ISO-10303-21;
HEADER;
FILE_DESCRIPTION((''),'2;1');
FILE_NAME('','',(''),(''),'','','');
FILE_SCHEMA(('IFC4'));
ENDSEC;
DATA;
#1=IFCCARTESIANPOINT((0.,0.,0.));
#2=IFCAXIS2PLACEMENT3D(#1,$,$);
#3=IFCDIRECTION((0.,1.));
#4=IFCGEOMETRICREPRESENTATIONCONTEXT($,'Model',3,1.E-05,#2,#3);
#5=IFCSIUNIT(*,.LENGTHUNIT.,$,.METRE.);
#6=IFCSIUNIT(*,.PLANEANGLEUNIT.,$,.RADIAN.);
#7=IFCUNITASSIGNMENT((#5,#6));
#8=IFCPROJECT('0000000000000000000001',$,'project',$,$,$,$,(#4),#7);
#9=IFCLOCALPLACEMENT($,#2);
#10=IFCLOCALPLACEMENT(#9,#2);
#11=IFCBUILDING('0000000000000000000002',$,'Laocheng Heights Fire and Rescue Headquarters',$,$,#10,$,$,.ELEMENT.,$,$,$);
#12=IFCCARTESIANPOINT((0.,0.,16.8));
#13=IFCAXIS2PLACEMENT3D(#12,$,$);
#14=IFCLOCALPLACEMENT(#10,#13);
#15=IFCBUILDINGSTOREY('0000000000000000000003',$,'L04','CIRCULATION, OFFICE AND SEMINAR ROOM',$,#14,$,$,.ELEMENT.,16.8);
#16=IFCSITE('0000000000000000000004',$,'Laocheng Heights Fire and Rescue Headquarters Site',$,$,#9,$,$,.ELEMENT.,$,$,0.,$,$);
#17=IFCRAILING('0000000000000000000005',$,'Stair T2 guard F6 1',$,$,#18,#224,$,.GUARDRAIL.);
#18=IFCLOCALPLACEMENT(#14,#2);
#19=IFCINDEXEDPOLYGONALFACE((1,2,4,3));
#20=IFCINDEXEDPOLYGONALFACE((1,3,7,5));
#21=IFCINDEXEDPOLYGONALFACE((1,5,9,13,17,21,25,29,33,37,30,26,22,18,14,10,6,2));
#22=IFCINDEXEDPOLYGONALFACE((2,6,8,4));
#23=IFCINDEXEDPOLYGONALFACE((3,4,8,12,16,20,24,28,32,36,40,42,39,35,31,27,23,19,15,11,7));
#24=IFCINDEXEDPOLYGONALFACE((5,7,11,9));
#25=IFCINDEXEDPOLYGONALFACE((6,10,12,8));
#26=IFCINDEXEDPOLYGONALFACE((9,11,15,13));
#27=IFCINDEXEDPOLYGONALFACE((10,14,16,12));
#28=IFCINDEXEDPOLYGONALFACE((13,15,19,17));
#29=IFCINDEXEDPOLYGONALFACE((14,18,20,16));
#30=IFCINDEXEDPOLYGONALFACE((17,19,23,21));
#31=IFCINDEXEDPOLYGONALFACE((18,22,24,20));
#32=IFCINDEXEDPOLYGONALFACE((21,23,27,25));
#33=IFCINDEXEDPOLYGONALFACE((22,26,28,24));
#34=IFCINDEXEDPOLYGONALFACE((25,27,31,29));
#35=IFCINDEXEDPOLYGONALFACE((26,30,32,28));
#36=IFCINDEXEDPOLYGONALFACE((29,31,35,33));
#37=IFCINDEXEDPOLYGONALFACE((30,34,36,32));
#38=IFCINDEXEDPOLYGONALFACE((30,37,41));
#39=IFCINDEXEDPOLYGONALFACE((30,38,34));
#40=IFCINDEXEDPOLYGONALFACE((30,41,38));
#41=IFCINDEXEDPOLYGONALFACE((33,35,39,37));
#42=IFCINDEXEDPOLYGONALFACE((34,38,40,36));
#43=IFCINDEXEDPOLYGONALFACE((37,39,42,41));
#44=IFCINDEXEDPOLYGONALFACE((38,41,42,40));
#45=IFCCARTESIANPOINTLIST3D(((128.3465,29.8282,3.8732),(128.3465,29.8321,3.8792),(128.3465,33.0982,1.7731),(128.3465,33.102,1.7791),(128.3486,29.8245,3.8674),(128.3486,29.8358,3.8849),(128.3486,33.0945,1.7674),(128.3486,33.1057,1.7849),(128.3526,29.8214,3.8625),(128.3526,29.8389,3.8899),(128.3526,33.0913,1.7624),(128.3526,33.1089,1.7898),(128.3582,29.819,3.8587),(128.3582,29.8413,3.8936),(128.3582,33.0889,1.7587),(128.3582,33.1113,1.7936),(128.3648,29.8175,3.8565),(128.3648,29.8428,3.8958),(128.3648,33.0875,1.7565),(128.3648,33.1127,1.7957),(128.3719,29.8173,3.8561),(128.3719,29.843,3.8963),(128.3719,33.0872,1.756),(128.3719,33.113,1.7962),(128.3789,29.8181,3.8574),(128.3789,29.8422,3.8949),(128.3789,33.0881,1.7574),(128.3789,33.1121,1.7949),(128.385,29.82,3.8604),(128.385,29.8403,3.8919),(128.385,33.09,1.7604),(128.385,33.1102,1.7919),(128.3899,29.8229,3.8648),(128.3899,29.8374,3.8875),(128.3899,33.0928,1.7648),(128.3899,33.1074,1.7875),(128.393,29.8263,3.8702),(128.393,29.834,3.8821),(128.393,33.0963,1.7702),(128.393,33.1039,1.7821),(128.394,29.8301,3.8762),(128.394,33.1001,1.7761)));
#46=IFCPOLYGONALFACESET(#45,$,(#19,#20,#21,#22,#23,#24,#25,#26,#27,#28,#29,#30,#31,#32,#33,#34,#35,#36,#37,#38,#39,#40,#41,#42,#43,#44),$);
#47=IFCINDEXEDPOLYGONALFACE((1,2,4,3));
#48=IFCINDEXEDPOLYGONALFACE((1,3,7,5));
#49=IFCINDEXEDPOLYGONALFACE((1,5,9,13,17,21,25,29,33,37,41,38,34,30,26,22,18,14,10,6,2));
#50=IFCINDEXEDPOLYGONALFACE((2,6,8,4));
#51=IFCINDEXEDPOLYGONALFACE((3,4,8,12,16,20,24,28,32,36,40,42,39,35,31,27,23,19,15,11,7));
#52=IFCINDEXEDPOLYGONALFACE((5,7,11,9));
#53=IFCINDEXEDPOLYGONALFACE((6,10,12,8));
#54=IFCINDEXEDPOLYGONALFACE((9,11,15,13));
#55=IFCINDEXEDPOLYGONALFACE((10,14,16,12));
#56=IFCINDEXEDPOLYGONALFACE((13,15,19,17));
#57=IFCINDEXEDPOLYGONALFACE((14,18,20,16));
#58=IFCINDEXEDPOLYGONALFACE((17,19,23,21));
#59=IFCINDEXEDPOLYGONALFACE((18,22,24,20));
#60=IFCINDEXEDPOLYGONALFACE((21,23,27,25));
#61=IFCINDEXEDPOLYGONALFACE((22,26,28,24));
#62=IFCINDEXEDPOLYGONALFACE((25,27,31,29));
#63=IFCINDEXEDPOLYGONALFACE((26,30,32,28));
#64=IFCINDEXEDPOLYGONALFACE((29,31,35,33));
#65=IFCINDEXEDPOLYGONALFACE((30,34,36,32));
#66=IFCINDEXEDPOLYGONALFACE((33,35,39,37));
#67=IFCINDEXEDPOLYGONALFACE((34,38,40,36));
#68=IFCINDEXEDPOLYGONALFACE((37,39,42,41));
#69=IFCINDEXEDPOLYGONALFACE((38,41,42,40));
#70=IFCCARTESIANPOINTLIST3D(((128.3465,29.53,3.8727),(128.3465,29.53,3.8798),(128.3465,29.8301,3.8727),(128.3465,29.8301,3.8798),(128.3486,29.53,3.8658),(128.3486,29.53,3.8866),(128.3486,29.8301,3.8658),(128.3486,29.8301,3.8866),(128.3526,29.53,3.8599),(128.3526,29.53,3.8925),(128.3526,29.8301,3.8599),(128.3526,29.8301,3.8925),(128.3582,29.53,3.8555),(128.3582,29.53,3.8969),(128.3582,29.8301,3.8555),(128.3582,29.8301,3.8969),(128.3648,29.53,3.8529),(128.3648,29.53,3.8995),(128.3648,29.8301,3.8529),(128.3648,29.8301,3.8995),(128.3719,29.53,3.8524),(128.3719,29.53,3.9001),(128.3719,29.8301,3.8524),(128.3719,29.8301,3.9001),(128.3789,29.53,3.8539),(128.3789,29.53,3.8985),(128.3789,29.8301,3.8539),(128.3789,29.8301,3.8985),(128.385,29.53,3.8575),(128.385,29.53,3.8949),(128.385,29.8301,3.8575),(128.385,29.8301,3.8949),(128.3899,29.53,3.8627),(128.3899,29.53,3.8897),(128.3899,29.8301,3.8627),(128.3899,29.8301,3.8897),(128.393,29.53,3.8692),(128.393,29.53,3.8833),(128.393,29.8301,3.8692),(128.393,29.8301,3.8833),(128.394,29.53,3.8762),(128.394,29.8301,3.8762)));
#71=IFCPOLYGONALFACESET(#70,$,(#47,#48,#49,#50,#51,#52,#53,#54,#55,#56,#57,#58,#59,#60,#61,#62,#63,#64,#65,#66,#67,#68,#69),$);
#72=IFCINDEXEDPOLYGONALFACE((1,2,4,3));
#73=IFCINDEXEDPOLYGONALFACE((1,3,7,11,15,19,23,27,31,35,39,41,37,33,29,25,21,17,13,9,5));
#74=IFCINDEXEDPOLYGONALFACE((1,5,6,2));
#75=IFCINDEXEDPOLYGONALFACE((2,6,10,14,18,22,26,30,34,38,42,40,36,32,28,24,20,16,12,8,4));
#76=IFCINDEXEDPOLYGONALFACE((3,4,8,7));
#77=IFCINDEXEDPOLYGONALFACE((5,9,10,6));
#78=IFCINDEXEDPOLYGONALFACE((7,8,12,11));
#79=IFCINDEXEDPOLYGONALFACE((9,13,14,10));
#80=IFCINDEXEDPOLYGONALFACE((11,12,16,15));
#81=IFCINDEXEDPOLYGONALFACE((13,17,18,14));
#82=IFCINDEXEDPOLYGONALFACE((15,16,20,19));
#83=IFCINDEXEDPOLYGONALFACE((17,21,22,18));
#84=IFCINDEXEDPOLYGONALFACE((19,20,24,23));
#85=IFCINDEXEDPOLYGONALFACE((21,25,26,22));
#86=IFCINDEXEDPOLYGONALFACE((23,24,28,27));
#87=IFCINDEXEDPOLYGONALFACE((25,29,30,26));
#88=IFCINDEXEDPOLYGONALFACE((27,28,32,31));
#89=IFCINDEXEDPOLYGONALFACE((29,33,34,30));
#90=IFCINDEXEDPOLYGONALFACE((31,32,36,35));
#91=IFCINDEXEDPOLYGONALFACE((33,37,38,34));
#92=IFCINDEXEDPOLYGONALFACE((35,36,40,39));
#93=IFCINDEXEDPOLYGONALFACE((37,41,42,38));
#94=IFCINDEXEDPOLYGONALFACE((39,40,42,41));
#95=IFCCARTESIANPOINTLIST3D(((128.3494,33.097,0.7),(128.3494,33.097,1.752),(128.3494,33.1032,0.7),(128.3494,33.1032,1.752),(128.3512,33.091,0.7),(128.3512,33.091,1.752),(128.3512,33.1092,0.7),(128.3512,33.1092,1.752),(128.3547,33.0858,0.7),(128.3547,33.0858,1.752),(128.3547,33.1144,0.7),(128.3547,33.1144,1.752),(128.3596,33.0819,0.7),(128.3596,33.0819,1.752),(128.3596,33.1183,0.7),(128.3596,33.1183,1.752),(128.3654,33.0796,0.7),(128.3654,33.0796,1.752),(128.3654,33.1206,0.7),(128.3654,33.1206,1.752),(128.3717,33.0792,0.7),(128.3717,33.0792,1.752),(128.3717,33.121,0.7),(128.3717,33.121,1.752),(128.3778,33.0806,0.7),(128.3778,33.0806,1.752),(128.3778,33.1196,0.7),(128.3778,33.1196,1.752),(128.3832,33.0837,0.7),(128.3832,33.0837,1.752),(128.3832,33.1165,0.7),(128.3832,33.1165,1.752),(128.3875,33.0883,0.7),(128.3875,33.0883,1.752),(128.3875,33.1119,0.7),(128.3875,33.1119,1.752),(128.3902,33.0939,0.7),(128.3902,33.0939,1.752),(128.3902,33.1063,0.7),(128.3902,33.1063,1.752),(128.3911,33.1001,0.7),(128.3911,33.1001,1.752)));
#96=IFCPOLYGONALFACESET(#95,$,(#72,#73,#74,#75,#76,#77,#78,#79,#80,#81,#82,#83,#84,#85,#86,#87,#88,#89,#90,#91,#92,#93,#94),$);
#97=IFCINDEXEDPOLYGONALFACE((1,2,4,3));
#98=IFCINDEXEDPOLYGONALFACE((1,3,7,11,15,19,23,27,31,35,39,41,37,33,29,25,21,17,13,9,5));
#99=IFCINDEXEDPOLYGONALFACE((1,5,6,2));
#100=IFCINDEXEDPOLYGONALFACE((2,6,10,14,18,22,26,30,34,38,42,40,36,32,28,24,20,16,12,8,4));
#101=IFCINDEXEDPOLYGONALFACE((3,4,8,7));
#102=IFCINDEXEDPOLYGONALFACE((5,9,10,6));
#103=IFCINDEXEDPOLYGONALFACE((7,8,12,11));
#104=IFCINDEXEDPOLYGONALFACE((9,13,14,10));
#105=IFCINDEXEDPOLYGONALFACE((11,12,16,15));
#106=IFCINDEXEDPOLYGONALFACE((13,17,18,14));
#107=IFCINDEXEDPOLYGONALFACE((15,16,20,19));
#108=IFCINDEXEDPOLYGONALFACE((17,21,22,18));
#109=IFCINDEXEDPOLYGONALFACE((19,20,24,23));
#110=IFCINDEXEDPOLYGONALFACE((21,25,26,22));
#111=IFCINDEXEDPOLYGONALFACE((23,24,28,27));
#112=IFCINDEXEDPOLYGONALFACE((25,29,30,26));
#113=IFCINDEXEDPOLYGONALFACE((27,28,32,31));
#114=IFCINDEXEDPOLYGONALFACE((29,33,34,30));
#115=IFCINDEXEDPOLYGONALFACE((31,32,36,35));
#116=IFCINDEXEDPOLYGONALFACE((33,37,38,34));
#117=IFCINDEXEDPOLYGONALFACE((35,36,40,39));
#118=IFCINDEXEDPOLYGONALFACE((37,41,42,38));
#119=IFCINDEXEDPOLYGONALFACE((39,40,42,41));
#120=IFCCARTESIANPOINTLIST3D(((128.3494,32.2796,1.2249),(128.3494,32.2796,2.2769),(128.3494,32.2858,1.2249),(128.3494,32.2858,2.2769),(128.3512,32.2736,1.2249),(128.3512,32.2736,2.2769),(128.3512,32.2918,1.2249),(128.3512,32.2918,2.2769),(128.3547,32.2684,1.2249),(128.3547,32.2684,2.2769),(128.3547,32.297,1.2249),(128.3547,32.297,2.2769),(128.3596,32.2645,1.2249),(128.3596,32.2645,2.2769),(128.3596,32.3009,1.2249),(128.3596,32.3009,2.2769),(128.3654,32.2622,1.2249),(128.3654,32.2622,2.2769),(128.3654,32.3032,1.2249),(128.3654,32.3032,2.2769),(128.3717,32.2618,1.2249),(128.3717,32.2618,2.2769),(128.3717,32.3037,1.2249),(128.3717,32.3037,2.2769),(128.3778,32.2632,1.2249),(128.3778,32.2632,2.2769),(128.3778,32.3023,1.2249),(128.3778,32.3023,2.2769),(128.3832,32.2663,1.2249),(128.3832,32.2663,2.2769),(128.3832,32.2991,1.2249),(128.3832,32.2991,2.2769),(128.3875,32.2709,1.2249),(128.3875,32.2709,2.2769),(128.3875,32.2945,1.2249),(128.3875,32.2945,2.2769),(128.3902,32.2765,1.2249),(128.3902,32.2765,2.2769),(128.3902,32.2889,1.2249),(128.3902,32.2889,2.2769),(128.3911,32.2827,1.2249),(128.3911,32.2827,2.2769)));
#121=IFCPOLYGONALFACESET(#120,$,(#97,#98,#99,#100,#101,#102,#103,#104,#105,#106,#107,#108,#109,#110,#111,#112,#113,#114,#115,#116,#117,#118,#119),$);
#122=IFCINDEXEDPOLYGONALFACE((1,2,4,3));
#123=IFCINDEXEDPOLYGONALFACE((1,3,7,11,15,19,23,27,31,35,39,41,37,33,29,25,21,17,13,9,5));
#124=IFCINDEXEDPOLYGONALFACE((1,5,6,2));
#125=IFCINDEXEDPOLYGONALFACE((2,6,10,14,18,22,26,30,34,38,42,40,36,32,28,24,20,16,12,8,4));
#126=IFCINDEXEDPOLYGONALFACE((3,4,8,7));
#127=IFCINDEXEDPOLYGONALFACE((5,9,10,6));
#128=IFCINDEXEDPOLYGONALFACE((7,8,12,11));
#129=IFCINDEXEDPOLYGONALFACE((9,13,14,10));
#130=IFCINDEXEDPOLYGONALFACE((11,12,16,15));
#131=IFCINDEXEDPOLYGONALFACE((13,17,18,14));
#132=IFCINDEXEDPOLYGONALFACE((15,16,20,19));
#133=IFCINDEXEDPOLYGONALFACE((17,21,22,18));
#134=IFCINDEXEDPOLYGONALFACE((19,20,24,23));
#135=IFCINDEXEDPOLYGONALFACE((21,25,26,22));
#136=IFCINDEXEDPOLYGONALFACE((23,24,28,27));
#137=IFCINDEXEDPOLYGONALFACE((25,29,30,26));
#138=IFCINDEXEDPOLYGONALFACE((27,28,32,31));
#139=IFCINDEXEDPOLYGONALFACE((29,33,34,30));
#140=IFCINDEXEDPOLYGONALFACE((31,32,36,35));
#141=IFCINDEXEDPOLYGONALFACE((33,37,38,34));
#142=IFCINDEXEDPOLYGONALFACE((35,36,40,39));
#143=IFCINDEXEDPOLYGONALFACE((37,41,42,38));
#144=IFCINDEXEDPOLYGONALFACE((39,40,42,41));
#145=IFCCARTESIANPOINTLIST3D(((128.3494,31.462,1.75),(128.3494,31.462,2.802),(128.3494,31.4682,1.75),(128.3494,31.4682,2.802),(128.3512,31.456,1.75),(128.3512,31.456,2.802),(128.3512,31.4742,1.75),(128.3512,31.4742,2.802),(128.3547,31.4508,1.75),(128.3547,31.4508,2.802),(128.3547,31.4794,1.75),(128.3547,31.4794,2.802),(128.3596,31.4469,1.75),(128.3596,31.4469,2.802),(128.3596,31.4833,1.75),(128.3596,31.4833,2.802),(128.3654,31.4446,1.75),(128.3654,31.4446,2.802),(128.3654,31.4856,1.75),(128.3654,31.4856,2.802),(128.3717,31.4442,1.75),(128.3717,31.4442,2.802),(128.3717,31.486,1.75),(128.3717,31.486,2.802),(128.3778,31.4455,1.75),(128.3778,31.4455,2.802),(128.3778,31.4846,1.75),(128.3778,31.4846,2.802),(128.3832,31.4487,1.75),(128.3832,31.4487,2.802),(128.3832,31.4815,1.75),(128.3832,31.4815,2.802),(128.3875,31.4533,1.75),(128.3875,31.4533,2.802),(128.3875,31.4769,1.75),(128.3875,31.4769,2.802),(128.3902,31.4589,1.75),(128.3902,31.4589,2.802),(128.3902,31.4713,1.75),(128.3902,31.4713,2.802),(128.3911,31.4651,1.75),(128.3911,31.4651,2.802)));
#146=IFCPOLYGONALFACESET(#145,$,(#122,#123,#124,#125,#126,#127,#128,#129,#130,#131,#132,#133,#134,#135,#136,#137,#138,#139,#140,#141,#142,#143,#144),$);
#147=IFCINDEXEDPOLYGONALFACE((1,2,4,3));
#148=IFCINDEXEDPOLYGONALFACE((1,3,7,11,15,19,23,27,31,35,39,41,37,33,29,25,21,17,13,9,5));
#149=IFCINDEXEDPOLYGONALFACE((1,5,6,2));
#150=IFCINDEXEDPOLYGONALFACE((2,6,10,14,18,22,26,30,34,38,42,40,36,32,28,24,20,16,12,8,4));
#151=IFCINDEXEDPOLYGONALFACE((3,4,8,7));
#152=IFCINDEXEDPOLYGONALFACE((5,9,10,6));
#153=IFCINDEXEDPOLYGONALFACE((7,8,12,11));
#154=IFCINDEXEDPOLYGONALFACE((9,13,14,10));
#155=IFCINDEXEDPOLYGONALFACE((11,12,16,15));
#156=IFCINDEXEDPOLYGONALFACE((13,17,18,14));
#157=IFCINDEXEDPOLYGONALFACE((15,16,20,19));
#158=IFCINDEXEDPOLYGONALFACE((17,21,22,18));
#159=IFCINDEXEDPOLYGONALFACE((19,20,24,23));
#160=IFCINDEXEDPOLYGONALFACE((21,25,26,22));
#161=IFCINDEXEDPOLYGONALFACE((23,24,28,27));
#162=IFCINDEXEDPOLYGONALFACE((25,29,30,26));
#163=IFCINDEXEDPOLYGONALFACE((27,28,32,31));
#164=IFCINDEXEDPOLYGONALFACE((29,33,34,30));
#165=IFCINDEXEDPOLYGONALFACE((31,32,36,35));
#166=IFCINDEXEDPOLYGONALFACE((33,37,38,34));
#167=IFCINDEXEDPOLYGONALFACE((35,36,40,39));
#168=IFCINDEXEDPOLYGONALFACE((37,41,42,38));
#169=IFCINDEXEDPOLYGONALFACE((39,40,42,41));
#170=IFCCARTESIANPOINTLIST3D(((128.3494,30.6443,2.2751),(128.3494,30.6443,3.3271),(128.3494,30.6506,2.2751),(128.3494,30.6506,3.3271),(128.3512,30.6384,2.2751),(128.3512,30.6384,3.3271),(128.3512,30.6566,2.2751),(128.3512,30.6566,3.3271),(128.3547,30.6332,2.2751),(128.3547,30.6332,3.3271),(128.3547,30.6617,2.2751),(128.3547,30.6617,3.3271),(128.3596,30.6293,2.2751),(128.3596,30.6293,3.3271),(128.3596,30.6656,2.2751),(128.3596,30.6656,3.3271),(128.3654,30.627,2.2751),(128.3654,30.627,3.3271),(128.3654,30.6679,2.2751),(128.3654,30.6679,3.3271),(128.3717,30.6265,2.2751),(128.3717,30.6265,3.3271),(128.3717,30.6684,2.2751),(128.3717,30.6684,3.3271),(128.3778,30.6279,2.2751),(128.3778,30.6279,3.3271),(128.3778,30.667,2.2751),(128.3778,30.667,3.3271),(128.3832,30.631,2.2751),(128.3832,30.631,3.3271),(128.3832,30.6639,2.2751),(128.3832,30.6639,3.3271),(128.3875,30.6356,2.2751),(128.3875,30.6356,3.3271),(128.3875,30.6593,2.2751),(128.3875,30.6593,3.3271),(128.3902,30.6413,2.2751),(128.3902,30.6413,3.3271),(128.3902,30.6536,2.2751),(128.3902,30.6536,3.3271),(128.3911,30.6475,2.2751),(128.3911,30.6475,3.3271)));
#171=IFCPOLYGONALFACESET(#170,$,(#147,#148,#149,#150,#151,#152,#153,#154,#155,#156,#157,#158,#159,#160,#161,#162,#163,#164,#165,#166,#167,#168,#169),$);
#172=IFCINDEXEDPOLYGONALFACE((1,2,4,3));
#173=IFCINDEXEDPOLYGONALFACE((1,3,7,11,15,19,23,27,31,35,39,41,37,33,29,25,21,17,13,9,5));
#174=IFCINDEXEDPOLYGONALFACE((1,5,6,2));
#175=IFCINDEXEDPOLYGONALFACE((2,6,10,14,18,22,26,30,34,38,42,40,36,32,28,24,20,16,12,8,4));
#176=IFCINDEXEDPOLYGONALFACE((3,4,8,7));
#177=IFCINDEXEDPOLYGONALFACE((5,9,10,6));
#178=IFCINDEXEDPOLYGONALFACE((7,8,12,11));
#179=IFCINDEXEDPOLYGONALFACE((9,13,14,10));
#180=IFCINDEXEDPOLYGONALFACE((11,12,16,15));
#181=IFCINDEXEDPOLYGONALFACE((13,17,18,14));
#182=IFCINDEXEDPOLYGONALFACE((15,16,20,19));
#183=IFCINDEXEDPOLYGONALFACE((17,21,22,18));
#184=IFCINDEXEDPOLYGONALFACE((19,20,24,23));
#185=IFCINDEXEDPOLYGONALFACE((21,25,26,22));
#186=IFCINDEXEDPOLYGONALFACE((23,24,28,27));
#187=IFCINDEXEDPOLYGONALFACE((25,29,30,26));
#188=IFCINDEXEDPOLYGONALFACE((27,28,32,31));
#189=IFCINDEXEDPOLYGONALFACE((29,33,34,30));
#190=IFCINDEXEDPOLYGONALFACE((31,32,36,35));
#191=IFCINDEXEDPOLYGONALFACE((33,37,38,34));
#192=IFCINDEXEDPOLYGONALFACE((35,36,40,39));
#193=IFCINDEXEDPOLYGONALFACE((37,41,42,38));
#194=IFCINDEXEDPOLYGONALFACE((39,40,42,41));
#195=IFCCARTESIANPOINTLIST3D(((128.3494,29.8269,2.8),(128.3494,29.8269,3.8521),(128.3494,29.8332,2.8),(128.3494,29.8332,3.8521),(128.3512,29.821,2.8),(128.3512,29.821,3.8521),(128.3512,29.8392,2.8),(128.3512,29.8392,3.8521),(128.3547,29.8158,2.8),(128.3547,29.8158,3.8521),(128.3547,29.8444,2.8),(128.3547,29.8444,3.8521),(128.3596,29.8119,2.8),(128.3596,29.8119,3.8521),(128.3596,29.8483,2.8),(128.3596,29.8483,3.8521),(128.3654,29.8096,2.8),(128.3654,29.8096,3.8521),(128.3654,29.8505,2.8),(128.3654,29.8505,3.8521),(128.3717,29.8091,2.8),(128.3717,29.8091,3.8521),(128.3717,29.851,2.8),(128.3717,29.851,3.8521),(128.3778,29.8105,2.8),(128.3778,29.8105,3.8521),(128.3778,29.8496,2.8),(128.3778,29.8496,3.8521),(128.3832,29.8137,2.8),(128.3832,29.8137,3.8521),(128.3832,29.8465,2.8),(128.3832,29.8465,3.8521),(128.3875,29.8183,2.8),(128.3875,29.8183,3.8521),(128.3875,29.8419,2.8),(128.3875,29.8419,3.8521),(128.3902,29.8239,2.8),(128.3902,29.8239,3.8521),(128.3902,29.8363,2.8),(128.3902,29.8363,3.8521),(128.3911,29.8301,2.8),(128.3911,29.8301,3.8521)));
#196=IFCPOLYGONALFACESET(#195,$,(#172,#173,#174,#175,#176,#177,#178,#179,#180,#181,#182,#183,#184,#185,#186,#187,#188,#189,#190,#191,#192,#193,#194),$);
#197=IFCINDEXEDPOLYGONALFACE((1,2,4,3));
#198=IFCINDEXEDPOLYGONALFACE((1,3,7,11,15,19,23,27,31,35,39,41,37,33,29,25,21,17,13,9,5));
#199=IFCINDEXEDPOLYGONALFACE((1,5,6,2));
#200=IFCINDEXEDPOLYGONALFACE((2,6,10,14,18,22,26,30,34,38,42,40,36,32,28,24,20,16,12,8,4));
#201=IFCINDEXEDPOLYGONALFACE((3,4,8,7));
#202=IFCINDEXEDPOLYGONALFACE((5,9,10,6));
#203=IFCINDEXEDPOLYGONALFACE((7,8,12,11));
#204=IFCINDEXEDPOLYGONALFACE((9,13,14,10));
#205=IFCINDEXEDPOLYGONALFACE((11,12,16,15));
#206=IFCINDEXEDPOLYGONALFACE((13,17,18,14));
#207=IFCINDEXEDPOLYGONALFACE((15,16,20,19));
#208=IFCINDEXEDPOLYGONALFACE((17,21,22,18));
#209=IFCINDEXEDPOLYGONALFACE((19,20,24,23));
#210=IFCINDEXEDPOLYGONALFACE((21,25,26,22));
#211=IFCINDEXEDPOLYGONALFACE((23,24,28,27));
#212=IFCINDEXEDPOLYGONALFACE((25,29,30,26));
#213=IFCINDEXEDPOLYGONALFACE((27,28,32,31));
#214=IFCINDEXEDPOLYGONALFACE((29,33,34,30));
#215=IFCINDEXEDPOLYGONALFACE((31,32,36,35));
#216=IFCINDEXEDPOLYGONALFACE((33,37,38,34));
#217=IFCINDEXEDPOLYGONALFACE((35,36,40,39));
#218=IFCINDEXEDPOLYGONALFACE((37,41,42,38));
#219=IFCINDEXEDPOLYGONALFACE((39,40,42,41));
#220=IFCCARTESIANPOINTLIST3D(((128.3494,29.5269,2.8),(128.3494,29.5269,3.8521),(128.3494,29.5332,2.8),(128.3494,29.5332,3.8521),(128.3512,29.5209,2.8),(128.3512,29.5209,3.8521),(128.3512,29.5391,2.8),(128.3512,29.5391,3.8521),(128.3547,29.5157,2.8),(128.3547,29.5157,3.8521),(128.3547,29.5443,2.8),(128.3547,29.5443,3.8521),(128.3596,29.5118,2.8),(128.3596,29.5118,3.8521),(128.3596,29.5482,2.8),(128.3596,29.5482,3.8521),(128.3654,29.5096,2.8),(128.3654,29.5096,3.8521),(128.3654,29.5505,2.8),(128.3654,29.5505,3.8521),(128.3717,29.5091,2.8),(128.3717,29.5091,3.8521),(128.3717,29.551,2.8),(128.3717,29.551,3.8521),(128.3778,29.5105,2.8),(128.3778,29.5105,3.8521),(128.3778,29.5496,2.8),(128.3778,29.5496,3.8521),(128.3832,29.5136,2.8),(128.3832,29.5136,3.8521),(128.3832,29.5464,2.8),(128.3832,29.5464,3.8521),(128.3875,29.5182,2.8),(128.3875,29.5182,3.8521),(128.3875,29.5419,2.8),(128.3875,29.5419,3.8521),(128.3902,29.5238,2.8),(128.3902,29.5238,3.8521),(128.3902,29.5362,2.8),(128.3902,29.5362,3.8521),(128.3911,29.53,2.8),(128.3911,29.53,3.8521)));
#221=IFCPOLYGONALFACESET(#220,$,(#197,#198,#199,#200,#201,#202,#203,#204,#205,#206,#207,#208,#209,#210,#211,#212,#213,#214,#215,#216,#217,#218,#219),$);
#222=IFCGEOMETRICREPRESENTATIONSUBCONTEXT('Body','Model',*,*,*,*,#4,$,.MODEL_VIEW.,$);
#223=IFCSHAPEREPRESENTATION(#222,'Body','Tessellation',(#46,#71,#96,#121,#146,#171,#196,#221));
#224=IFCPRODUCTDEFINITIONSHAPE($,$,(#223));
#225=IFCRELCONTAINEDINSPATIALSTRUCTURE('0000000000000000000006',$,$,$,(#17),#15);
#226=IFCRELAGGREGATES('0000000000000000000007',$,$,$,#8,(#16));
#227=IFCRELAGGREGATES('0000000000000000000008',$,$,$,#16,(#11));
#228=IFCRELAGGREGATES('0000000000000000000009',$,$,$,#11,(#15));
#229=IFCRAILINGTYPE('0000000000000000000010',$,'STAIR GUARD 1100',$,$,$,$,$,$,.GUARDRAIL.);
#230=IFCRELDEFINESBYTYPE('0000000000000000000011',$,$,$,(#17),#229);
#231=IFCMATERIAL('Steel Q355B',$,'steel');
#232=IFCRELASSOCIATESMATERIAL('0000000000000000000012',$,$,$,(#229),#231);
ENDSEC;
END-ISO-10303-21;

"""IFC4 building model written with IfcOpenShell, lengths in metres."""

from ifc_helpers import new_model, si_unit, direction, frame, origin, origin_2d, place, context, subcontext, project, spatial, circle, extrude, material, type_object, element, save


model = new_model("IFC4")

# Units and contexts
model_context = context("Model", 3, precision=1e-05, world=origin(), true_north=direction((0.0, 1.0)))
body_context = subcontext(model_context, "Body", "Model", "MODEL_VIEW")
ifc_project = project(units=[si_unit("LENGTHUNIT", "METRE"), si_unit("PLANEANGLEUNIT", "RADIAN")], contexts=[model_context])

# Site, building, storey
site_placement = place(None, origin())
site = spatial("IfcSite", under=ifc_project, at=site_placement, Name="Laocheng Heights Fire and Rescue Headquarters Site", CompositionType="ELEMENT", RefElevation=0.0)
building_placement = place(site_placement, origin())
building = spatial("IfcBuilding", under=site, at=building_placement, Name="Laocheng Heights Fire and Rescue Headquarters", CompositionType="ELEMENT")
storey_placement = place(building_placement, frame((0.0, 0.0, 16.8)))
storey = spatial("IfcBuildingStorey", under=building, at=storey_placement, Name="L04", Description="CIRCULATION, OFFICE AND SEMINAR ROOM", CompositionType="ELEMENT", Elevation=16.8)

# Railing
ifc_material_1 = material(Name="Steel Q355B", Category="steel")
railing_type = type_object("IfcRailingType", Name="STAIR GUARD 1100", PredefinedType="GUARDRAIL", material=ifc_material_1)
railing_placement = place(storey_placement, frame((128.3701, 33.1001, 0.7)))
element("IfcRailing", 1, at=railing_placement, inside=storey, type_object=railing_type, Name="Stair T2 guard F6 1", PredefinedType="GUARDRAIL", context=body_context, shape_type="SweptSolid", body=[
    extrude(circle(Radius=0.0239, at=origin_2d()), frame((0.0, 0.0, 1.0762), z_axis=(0.0, -0.841419, 0.540383), x_axis=(1.0, 0.0, 0.0)), (0.0, 0.0, 1.0), 3.8862),
    extrude(circle(Radius=0.0239, at=origin_2d()), frame((0.0, -3.27, 3.1763), z_axis=(0.0, -1.0, 0.0), x_axis=(1.0, 0.0, 0.0)), (0.0, 0.0, 1.0), 0.3),
    extrude(circle(Radius=0.021, at=origin_2d()), origin(), (0.0, 0.0, 1.0), 1.052),
    extrude(circle(Radius=0.021, at=origin_2d()), frame((0.0, -0.8174, 0.5249)), (0.0, 0.0, 1.0), 1.052),
    extrude(circle(Radius=0.021, at=origin_2d()), frame((0.0, -1.635, 1.05)), (0.0, 0.0, 1.0), 1.052),
    extrude(circle(Radius=0.021, at=origin_2d()), frame((0.0, -2.4526, 1.5752)), (0.0, 0.0, 1.0), 1.052),
    extrude(circle(Radius=0.021, at=origin_2d()), frame((0.0, -3.27, 2.1001)), (0.0, 0.0, 1.0), 1.052),
    extrude(circle(Radius=0.021, at=origin_2d()), frame((0.0, -3.5701, 2.1001)), (0.0, 0.0, 1.0), 1.052),
])

save(model, "model.ifc")
